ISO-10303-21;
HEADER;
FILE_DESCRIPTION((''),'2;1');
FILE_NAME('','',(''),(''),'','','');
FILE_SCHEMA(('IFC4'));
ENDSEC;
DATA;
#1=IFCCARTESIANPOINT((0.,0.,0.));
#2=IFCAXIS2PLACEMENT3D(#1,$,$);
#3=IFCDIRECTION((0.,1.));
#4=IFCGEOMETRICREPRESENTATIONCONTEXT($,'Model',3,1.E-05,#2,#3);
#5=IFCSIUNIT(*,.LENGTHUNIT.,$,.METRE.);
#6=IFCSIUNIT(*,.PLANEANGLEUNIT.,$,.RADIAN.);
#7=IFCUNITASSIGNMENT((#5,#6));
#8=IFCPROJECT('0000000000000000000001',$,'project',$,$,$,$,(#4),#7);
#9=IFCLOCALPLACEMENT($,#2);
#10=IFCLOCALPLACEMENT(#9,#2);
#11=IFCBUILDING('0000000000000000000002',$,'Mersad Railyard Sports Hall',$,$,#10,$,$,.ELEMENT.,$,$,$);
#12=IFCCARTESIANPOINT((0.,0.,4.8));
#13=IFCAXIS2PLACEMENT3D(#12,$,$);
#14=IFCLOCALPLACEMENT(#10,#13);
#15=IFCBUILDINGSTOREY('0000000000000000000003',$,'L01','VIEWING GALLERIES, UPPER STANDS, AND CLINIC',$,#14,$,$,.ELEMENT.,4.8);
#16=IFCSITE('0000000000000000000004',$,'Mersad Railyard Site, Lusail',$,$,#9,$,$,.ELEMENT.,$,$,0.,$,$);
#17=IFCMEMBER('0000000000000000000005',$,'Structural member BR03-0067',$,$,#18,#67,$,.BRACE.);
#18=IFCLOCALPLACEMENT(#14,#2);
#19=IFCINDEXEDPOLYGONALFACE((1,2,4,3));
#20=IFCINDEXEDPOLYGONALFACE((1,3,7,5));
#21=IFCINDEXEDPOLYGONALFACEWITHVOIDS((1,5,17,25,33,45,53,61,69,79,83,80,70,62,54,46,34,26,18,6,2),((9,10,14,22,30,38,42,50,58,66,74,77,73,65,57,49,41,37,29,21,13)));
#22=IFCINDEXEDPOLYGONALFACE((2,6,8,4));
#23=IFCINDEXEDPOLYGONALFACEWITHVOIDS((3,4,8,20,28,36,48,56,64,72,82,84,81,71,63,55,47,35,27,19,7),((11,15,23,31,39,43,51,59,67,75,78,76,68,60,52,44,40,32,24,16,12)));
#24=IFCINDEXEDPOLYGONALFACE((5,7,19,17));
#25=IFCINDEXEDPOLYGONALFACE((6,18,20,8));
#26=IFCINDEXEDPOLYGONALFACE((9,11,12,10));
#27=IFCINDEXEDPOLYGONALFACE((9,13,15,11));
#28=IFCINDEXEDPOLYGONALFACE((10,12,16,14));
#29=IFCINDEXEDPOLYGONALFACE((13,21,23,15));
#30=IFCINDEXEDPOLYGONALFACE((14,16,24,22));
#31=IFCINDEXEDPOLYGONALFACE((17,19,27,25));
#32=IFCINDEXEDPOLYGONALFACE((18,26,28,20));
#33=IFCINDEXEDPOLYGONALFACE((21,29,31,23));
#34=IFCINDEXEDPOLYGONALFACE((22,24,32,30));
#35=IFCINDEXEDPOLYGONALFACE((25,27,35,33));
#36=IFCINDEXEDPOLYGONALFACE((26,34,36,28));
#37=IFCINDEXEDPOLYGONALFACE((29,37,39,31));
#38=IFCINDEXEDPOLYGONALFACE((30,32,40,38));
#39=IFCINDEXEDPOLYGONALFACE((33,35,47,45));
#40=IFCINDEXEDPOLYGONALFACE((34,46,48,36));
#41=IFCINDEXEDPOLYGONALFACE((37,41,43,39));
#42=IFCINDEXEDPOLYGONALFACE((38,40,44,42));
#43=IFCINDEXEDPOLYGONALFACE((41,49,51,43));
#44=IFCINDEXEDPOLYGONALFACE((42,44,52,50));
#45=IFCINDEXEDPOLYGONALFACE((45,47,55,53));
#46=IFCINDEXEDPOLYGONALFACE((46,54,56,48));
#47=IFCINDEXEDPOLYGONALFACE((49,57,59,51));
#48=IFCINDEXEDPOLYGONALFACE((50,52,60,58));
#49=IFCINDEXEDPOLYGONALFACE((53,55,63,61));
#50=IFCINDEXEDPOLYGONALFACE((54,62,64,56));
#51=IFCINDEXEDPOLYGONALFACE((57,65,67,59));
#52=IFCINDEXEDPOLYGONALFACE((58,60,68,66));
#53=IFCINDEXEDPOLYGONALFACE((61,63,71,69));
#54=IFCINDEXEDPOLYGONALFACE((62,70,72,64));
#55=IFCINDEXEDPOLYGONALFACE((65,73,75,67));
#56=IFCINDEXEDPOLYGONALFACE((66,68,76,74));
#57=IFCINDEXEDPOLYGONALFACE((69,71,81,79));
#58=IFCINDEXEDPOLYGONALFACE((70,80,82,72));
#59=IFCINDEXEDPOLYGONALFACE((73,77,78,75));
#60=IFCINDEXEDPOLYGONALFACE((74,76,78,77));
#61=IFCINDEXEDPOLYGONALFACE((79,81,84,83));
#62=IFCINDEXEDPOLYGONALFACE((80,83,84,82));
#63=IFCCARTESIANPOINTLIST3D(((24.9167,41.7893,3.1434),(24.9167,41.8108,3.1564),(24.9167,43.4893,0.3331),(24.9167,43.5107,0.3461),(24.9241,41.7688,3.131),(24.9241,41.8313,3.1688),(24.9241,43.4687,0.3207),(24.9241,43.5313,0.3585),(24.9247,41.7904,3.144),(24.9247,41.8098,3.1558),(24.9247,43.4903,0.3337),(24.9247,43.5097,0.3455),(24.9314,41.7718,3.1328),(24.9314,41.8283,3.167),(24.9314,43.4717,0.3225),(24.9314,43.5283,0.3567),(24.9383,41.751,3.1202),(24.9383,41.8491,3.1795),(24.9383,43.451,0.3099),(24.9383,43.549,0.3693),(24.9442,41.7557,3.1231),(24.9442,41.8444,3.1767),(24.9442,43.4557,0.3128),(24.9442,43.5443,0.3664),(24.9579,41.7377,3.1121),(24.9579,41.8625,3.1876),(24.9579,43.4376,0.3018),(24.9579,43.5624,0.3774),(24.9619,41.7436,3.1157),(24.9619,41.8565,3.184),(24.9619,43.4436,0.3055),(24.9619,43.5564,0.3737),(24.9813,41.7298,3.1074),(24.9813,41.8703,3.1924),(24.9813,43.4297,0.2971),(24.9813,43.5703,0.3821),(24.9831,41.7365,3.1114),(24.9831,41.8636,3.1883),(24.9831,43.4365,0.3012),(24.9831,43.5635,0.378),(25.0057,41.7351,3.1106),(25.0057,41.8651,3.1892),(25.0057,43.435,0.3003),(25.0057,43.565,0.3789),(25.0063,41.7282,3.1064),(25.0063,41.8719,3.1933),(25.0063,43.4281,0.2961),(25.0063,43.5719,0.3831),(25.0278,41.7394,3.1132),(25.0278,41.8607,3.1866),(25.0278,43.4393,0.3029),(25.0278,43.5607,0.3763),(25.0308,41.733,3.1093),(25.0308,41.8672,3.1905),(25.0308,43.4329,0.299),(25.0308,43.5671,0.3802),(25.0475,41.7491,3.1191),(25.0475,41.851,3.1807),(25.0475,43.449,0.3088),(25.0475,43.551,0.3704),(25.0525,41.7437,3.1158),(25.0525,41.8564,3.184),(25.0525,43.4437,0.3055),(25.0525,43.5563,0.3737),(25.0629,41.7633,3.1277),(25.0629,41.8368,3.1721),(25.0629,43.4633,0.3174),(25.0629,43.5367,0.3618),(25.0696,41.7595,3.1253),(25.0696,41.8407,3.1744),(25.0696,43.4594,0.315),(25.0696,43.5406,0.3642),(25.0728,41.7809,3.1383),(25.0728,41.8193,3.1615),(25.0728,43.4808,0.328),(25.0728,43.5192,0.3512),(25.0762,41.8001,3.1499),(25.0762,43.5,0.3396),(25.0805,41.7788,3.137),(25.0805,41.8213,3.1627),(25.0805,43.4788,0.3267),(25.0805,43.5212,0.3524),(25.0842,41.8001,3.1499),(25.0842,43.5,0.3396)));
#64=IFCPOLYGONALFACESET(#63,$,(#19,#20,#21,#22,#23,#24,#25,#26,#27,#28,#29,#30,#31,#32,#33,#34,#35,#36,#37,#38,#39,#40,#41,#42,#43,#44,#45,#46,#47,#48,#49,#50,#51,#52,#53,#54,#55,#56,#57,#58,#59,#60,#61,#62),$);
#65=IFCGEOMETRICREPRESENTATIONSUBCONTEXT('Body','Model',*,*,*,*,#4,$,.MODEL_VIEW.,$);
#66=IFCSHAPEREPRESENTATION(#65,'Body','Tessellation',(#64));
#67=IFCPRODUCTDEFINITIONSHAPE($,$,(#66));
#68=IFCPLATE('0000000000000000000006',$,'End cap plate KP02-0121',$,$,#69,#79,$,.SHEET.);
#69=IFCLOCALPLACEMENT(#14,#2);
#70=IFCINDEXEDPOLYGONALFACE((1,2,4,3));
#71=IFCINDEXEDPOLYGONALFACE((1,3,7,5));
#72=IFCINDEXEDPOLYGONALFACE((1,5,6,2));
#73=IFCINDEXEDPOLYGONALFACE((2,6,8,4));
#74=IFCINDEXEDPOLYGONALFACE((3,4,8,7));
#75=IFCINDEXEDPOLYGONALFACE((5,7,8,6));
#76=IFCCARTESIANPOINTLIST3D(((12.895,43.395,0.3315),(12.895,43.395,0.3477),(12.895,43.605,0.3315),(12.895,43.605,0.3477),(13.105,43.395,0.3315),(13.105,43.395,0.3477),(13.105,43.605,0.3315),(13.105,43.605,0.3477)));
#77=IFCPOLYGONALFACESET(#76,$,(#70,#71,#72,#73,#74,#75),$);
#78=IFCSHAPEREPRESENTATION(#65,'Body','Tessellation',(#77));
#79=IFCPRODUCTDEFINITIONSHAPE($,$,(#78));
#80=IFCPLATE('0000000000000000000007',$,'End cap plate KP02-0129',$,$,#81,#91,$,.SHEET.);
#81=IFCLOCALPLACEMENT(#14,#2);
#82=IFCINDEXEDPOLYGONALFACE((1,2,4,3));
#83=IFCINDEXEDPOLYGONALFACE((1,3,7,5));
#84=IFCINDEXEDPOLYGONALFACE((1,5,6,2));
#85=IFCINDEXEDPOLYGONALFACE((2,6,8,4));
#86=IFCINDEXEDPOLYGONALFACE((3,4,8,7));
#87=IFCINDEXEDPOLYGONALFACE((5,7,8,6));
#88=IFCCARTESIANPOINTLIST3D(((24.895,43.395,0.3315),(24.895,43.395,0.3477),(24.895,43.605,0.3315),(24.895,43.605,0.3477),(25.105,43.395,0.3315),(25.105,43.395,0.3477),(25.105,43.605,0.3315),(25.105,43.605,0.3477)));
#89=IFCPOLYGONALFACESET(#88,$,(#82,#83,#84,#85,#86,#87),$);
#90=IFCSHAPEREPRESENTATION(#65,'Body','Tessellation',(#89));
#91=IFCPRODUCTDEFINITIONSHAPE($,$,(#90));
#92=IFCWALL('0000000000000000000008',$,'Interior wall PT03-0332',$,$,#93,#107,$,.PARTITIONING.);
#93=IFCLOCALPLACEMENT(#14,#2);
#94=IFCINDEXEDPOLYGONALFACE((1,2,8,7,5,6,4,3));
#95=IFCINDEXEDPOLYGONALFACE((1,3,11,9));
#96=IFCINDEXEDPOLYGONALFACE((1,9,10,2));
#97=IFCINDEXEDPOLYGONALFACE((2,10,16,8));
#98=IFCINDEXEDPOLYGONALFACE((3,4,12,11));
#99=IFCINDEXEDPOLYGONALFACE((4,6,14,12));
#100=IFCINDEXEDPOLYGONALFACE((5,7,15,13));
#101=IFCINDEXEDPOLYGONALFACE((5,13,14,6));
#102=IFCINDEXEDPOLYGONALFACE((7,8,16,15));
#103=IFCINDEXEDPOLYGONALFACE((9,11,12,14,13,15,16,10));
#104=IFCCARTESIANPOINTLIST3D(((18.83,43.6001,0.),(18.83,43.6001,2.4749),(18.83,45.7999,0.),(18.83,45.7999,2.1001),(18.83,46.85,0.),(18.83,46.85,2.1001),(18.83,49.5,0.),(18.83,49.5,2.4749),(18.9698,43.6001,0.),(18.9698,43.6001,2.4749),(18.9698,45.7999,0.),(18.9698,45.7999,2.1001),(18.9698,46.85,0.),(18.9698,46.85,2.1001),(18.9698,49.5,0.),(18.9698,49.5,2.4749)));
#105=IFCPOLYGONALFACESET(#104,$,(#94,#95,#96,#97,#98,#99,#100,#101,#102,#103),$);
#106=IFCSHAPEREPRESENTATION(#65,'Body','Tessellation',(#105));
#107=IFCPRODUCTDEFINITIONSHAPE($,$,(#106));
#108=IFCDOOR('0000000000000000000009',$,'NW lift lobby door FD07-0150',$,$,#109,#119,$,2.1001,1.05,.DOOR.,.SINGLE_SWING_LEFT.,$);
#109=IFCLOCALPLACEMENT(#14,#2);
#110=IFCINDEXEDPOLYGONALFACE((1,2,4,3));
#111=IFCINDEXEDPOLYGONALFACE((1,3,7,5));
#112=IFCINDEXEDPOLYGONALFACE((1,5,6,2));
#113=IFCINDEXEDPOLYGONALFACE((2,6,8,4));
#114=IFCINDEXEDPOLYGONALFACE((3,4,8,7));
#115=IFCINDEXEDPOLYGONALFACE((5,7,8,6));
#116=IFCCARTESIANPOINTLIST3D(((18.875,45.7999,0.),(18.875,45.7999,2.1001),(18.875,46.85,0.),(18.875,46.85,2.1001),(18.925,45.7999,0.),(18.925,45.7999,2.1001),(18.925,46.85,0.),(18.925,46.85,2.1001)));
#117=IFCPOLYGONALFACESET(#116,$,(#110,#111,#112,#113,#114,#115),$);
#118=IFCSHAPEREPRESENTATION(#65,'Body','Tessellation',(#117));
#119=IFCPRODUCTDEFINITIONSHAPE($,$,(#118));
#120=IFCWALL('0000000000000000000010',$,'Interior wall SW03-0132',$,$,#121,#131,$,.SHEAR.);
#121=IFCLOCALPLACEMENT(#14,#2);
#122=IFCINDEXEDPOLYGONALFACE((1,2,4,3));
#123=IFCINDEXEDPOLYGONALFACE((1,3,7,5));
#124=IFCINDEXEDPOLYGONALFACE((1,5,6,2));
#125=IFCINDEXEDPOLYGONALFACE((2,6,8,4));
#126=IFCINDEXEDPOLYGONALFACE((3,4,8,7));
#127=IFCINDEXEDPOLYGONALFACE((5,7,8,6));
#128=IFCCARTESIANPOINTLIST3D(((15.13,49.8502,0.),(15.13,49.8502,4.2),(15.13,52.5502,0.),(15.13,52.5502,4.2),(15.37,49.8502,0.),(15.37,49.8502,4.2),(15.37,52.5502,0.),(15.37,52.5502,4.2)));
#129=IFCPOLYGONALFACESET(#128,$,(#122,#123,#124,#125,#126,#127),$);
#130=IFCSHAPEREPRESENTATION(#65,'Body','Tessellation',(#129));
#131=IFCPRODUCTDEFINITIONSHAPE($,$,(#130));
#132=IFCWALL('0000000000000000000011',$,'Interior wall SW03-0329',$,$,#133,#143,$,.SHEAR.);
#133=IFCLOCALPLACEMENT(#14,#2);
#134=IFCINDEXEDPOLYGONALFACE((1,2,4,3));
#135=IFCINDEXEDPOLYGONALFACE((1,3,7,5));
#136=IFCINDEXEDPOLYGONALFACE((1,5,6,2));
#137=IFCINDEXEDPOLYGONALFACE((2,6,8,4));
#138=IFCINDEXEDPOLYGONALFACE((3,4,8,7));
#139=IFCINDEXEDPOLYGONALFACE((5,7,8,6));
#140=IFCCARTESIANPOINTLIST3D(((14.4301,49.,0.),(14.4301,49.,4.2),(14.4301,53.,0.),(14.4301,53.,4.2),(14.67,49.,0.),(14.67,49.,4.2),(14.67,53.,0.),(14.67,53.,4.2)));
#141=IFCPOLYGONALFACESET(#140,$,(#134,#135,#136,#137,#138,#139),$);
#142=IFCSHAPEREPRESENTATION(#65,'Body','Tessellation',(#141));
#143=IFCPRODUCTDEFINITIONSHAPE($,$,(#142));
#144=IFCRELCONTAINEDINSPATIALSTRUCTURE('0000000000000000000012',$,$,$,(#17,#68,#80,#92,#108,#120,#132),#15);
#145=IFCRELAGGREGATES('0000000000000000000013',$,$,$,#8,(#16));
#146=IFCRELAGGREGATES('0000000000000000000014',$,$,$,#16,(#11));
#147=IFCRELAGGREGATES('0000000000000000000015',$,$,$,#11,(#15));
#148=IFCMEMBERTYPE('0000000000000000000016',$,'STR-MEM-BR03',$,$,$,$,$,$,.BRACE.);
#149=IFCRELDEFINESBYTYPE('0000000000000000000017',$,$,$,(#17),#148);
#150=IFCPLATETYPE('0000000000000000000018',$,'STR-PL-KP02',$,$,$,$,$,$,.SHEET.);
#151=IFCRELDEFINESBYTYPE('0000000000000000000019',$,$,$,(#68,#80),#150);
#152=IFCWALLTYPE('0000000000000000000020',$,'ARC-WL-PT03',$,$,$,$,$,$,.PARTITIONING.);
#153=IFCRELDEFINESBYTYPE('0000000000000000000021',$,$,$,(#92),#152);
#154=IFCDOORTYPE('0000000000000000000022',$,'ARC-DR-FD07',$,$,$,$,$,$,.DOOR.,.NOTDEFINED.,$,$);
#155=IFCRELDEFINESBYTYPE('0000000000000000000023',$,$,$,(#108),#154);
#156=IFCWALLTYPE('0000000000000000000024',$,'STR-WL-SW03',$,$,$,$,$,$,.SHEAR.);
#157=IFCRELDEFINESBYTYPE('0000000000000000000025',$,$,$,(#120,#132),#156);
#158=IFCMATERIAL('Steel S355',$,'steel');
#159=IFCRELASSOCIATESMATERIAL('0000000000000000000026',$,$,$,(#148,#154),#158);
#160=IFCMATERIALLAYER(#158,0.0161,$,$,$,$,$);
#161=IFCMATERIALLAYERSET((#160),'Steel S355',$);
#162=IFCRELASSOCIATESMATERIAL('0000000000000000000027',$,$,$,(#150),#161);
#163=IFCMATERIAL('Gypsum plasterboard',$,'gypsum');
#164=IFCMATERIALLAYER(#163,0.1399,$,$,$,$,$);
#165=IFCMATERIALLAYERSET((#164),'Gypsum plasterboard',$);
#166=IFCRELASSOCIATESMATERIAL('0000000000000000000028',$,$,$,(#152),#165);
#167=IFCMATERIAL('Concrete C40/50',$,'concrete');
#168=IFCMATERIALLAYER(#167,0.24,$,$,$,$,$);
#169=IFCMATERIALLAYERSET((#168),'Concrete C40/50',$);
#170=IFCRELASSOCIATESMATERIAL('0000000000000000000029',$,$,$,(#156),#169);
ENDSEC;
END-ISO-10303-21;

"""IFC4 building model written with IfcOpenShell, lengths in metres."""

from ifc_helpers import new_model, si_unit, direction, frame, frame_2d, origin, origin_2d, place, context, subcontext, project, spatial, rectangle, hollow_circle, extrude, material, layer, layer_set, material_profile, profile_set, type_object, element, fill, save


model = new_model("IFC4")

# Units and contexts
model_context = context("Model", 3, precision=1e-05, world=origin(), true_north=direction((0.0, 1.0)))
body_context = subcontext(model_context, "Body", "Model", "MODEL_VIEW")
ifc_project = project(units=[si_unit("LENGTHUNIT", "METRE"), si_unit("PLANEANGLEUNIT", "RADIAN")], contexts=[model_context])

# Site, building, storey
site_placement = place(None, origin())
site = spatial("IfcSite", under=ifc_project, at=site_placement, Name="Mersad Railyard Site, Lusail", CompositionType="ELEMENT", RefElevation=0.0)
building_placement = place(site_placement, origin())
building = spatial("IfcBuilding", under=site, at=building_placement, Name="Mersad Railyard Sports Hall", CompositionType="ELEMENT")
storey_placement = place(building_placement, frame((0.0, 0.0, 4.8)))
storey = spatial("IfcBuildingStorey", under=building, at=storey_placement, Name="L01", Description="VIEWING GALLERIES, UPPER STANDS, AND CLINIC", CompositionType="ELEMENT", Elevation=4.8)

# Shared definitions
ifc_material_1 = material(Name="Concrete C40/50", Category="concrete")

# Member
ifc_material_2 = material(Name="Steel S355", Category="steel")
ifc_material_profile_1 = material_profile(ifc_material_2, hollow_circle(Radius=0.0842, WallThickness=0.0081, at=origin_2d()), Name="CHS 168.3x8")
ifc_profile_set_1 = profile_set([ifc_material_profile_1], Name="Steel S355")
member_type = type_object("IfcMemberType", Name="STR-MEM-BR03", PredefinedType="BRACE", material=ifc_profile_set_1)
for number, where, z_axis, x_axis, name in (
    (1, (25.0, 43.5, 0.3396), (0.0, -0.517575, 0.855638), (1.0, 0.0, 0.0), "Structural member BR03-0067"),
):
    element("IfcMember", number, at=place(storey_placement, frame(where, z_axis=z_axis, x_axis=x_axis)), inside=storey, type_object=member_type, Name=name, PredefinedType="BRACE", context=body_context, shape_type="SweptSolid", body=[
        extrude(hollow_circle(Radius=0.0842, WallThickness=0.0081, at=origin_2d()), origin(), (0.0, 0.0, 1.0), 3.2844),
    ])

# Plates
ifc_layer_1 = layer(ifc_material_2, 0.0161)
ifc_layer_set_1 = layer_set([ifc_layer_1], Name="Steel S355")
plate_type = type_object("IfcPlateType", Name="STR-PL-KP02", PredefinedType="SHEET", material=ifc_layer_set_1)
for number, where, z_axis, x_axis, name in (
    (2, (13.0, 43.5, 0.3315), (0.0, 0.0, 1.0), (1.0, 0.0, 0.0), "End cap plate KP02-0121"),
    (3, (25.0, 43.5, 0.3315), (0.0, 0.0, 1.0), (1.0, 0.0, 0.0), "End cap plate KP02-0129"),
):
    element("IfcPlate", number, at=place(storey_placement, frame(where, z_axis=z_axis, x_axis=x_axis)), inside=storey, type_object=plate_type, Name=name, PredefinedType="SHEET", context=body_context, shape_type="SweptSolid", body=[
        extrude(rectangle(XDim=0.21, YDim=0.21, at=origin_2d()), origin(), (0.0, 0.0, 1.0), 0.0161),
    ])

# Wall, opening, door
ifc_material_3 = material(Name="Gypsum plasterboard", Category="gypsum")
ifc_layer_2 = layer(ifc_material_3, 0.1399)
ifc_layer_set_2 = layer_set([ifc_layer_2], Name="Gypsum plasterboard")
wall_type_1 = type_object("IfcWallType", Name="ARC-WL-PT03", PredefinedType="PARTITIONING", material=ifc_layer_set_2)
wall_1_placement = place(storey_placement, frame((18.8999, 43.6001, 0.0), z_axis=(0.0, 0.0, 1.0), x_axis=(0.0, 1.0, 0.0)))
wall_1 = element("IfcWall", 4, at=wall_1_placement, inside=storey, type_object=wall_type_1, Name="Interior wall PT03-0332", PredefinedType="PARTITIONING", context=body_context, shape_type="SweptSolid", body=[
    extrude(rectangle(XDim=5.8999, YDim=0.1399, at=frame_2d((2.95, 0.0))), origin(), (0.0, 0.0, 1.0), 2.4749),
])
opening_1_placement = place(wall_1_placement, frame((2.2, 0.0, 0.0)))
opening_1 = element("IfcOpeningElement", 5, at=opening_1_placement, cuts=wall_1, PredefinedType="OPENING", context=body_context, shape_type="SweptSolid", body=[
    extrude(rectangle(XDim=1.05, YDim=2.1001, at=frame_2d((0.5249, 1.05))), frame((0.0, 0.0798, 0.0), z_axis=(0.0, -1.0, 0.0), x_axis=(1.0, 0.0, 0.0)), (0.0, 0.0, 1.0), 0.1599),
])
door_type_1 = type_object("IfcDoorType", Name="ARC-DR-FD07", OperationType="NOTDEFINED", PredefinedType="DOOR", material=ifc_material_2)
door_1_placement = place(opening_1_placement, origin())
door_1 = element("IfcDoor", 6, at=door_1_placement, inside=storey, type_object=door_type_1, Name="NW lift lobby door FD07-0150", OperationType="SINGLE_SWING_LEFT", OverallHeight=2.1001, OverallWidth=1.05, PredefinedType="DOOR", context=body_context, shape_type="SweptSolid", body=[
    extrude(rectangle(XDim=1.05, YDim=2.1001, at=frame_2d((0.5249, 1.05))), frame((0.0, 0.0249, 0.0), z_axis=(0.0, -1.0, 0.0), x_axis=(1.0, 0.0, 0.0)), (0.0, 0.0, 1.0), 0.05),
])
fill(opening_1, door_1)

# Wall
ifc_layer_3 = layer(ifc_material_1, 0.24)
ifc_layer_set_3 = layer_set([ifc_layer_3], Name="Concrete C40/50")
wall_type_2 = type_object("IfcWallType", Name="STR-WL-SW03", PredefinedType="SHEAR", material=ifc_layer_set_3)
wall_2_placement = place(storey_placement, frame((15.25, 49.8501, 0.0), z_axis=(0.0, 0.0, 1.0), x_axis=(0.0, 1.0, 0.0)))
element("IfcWall", 7, at=wall_2_placement, inside=storey, type_object=wall_type_2, Name="Interior wall SW03-0132", PredefinedType="SHEAR", context=body_context, shape_type="SweptSolid", body=[
    extrude(rectangle(XDim=2.7, YDim=0.24, at=frame_2d((1.3501, 0.0))), origin(), (0.0, 0.0, 1.0), 4.2),
])

# Wall
wall_3_placement = place(storey_placement, frame((14.55, 49.0, 0.0), z_axis=(0.0, 0.0, 1.0), x_axis=(0.0, 1.0, 0.0)))
element("IfcWall", 8, at=wall_3_placement, inside=storey, type_object=wall_type_2, Name="Interior wall SW03-0329", PredefinedType="SHEAR", context=body_context, shape_type="SweptSolid", body=[
    extrude(rectangle(XDim=4.0, YDim=0.24, at=frame_2d((2.0, 0.0))), origin(), (0.0, 0.0, 1.0), 4.2),
])

save(model, "model.ifc")
